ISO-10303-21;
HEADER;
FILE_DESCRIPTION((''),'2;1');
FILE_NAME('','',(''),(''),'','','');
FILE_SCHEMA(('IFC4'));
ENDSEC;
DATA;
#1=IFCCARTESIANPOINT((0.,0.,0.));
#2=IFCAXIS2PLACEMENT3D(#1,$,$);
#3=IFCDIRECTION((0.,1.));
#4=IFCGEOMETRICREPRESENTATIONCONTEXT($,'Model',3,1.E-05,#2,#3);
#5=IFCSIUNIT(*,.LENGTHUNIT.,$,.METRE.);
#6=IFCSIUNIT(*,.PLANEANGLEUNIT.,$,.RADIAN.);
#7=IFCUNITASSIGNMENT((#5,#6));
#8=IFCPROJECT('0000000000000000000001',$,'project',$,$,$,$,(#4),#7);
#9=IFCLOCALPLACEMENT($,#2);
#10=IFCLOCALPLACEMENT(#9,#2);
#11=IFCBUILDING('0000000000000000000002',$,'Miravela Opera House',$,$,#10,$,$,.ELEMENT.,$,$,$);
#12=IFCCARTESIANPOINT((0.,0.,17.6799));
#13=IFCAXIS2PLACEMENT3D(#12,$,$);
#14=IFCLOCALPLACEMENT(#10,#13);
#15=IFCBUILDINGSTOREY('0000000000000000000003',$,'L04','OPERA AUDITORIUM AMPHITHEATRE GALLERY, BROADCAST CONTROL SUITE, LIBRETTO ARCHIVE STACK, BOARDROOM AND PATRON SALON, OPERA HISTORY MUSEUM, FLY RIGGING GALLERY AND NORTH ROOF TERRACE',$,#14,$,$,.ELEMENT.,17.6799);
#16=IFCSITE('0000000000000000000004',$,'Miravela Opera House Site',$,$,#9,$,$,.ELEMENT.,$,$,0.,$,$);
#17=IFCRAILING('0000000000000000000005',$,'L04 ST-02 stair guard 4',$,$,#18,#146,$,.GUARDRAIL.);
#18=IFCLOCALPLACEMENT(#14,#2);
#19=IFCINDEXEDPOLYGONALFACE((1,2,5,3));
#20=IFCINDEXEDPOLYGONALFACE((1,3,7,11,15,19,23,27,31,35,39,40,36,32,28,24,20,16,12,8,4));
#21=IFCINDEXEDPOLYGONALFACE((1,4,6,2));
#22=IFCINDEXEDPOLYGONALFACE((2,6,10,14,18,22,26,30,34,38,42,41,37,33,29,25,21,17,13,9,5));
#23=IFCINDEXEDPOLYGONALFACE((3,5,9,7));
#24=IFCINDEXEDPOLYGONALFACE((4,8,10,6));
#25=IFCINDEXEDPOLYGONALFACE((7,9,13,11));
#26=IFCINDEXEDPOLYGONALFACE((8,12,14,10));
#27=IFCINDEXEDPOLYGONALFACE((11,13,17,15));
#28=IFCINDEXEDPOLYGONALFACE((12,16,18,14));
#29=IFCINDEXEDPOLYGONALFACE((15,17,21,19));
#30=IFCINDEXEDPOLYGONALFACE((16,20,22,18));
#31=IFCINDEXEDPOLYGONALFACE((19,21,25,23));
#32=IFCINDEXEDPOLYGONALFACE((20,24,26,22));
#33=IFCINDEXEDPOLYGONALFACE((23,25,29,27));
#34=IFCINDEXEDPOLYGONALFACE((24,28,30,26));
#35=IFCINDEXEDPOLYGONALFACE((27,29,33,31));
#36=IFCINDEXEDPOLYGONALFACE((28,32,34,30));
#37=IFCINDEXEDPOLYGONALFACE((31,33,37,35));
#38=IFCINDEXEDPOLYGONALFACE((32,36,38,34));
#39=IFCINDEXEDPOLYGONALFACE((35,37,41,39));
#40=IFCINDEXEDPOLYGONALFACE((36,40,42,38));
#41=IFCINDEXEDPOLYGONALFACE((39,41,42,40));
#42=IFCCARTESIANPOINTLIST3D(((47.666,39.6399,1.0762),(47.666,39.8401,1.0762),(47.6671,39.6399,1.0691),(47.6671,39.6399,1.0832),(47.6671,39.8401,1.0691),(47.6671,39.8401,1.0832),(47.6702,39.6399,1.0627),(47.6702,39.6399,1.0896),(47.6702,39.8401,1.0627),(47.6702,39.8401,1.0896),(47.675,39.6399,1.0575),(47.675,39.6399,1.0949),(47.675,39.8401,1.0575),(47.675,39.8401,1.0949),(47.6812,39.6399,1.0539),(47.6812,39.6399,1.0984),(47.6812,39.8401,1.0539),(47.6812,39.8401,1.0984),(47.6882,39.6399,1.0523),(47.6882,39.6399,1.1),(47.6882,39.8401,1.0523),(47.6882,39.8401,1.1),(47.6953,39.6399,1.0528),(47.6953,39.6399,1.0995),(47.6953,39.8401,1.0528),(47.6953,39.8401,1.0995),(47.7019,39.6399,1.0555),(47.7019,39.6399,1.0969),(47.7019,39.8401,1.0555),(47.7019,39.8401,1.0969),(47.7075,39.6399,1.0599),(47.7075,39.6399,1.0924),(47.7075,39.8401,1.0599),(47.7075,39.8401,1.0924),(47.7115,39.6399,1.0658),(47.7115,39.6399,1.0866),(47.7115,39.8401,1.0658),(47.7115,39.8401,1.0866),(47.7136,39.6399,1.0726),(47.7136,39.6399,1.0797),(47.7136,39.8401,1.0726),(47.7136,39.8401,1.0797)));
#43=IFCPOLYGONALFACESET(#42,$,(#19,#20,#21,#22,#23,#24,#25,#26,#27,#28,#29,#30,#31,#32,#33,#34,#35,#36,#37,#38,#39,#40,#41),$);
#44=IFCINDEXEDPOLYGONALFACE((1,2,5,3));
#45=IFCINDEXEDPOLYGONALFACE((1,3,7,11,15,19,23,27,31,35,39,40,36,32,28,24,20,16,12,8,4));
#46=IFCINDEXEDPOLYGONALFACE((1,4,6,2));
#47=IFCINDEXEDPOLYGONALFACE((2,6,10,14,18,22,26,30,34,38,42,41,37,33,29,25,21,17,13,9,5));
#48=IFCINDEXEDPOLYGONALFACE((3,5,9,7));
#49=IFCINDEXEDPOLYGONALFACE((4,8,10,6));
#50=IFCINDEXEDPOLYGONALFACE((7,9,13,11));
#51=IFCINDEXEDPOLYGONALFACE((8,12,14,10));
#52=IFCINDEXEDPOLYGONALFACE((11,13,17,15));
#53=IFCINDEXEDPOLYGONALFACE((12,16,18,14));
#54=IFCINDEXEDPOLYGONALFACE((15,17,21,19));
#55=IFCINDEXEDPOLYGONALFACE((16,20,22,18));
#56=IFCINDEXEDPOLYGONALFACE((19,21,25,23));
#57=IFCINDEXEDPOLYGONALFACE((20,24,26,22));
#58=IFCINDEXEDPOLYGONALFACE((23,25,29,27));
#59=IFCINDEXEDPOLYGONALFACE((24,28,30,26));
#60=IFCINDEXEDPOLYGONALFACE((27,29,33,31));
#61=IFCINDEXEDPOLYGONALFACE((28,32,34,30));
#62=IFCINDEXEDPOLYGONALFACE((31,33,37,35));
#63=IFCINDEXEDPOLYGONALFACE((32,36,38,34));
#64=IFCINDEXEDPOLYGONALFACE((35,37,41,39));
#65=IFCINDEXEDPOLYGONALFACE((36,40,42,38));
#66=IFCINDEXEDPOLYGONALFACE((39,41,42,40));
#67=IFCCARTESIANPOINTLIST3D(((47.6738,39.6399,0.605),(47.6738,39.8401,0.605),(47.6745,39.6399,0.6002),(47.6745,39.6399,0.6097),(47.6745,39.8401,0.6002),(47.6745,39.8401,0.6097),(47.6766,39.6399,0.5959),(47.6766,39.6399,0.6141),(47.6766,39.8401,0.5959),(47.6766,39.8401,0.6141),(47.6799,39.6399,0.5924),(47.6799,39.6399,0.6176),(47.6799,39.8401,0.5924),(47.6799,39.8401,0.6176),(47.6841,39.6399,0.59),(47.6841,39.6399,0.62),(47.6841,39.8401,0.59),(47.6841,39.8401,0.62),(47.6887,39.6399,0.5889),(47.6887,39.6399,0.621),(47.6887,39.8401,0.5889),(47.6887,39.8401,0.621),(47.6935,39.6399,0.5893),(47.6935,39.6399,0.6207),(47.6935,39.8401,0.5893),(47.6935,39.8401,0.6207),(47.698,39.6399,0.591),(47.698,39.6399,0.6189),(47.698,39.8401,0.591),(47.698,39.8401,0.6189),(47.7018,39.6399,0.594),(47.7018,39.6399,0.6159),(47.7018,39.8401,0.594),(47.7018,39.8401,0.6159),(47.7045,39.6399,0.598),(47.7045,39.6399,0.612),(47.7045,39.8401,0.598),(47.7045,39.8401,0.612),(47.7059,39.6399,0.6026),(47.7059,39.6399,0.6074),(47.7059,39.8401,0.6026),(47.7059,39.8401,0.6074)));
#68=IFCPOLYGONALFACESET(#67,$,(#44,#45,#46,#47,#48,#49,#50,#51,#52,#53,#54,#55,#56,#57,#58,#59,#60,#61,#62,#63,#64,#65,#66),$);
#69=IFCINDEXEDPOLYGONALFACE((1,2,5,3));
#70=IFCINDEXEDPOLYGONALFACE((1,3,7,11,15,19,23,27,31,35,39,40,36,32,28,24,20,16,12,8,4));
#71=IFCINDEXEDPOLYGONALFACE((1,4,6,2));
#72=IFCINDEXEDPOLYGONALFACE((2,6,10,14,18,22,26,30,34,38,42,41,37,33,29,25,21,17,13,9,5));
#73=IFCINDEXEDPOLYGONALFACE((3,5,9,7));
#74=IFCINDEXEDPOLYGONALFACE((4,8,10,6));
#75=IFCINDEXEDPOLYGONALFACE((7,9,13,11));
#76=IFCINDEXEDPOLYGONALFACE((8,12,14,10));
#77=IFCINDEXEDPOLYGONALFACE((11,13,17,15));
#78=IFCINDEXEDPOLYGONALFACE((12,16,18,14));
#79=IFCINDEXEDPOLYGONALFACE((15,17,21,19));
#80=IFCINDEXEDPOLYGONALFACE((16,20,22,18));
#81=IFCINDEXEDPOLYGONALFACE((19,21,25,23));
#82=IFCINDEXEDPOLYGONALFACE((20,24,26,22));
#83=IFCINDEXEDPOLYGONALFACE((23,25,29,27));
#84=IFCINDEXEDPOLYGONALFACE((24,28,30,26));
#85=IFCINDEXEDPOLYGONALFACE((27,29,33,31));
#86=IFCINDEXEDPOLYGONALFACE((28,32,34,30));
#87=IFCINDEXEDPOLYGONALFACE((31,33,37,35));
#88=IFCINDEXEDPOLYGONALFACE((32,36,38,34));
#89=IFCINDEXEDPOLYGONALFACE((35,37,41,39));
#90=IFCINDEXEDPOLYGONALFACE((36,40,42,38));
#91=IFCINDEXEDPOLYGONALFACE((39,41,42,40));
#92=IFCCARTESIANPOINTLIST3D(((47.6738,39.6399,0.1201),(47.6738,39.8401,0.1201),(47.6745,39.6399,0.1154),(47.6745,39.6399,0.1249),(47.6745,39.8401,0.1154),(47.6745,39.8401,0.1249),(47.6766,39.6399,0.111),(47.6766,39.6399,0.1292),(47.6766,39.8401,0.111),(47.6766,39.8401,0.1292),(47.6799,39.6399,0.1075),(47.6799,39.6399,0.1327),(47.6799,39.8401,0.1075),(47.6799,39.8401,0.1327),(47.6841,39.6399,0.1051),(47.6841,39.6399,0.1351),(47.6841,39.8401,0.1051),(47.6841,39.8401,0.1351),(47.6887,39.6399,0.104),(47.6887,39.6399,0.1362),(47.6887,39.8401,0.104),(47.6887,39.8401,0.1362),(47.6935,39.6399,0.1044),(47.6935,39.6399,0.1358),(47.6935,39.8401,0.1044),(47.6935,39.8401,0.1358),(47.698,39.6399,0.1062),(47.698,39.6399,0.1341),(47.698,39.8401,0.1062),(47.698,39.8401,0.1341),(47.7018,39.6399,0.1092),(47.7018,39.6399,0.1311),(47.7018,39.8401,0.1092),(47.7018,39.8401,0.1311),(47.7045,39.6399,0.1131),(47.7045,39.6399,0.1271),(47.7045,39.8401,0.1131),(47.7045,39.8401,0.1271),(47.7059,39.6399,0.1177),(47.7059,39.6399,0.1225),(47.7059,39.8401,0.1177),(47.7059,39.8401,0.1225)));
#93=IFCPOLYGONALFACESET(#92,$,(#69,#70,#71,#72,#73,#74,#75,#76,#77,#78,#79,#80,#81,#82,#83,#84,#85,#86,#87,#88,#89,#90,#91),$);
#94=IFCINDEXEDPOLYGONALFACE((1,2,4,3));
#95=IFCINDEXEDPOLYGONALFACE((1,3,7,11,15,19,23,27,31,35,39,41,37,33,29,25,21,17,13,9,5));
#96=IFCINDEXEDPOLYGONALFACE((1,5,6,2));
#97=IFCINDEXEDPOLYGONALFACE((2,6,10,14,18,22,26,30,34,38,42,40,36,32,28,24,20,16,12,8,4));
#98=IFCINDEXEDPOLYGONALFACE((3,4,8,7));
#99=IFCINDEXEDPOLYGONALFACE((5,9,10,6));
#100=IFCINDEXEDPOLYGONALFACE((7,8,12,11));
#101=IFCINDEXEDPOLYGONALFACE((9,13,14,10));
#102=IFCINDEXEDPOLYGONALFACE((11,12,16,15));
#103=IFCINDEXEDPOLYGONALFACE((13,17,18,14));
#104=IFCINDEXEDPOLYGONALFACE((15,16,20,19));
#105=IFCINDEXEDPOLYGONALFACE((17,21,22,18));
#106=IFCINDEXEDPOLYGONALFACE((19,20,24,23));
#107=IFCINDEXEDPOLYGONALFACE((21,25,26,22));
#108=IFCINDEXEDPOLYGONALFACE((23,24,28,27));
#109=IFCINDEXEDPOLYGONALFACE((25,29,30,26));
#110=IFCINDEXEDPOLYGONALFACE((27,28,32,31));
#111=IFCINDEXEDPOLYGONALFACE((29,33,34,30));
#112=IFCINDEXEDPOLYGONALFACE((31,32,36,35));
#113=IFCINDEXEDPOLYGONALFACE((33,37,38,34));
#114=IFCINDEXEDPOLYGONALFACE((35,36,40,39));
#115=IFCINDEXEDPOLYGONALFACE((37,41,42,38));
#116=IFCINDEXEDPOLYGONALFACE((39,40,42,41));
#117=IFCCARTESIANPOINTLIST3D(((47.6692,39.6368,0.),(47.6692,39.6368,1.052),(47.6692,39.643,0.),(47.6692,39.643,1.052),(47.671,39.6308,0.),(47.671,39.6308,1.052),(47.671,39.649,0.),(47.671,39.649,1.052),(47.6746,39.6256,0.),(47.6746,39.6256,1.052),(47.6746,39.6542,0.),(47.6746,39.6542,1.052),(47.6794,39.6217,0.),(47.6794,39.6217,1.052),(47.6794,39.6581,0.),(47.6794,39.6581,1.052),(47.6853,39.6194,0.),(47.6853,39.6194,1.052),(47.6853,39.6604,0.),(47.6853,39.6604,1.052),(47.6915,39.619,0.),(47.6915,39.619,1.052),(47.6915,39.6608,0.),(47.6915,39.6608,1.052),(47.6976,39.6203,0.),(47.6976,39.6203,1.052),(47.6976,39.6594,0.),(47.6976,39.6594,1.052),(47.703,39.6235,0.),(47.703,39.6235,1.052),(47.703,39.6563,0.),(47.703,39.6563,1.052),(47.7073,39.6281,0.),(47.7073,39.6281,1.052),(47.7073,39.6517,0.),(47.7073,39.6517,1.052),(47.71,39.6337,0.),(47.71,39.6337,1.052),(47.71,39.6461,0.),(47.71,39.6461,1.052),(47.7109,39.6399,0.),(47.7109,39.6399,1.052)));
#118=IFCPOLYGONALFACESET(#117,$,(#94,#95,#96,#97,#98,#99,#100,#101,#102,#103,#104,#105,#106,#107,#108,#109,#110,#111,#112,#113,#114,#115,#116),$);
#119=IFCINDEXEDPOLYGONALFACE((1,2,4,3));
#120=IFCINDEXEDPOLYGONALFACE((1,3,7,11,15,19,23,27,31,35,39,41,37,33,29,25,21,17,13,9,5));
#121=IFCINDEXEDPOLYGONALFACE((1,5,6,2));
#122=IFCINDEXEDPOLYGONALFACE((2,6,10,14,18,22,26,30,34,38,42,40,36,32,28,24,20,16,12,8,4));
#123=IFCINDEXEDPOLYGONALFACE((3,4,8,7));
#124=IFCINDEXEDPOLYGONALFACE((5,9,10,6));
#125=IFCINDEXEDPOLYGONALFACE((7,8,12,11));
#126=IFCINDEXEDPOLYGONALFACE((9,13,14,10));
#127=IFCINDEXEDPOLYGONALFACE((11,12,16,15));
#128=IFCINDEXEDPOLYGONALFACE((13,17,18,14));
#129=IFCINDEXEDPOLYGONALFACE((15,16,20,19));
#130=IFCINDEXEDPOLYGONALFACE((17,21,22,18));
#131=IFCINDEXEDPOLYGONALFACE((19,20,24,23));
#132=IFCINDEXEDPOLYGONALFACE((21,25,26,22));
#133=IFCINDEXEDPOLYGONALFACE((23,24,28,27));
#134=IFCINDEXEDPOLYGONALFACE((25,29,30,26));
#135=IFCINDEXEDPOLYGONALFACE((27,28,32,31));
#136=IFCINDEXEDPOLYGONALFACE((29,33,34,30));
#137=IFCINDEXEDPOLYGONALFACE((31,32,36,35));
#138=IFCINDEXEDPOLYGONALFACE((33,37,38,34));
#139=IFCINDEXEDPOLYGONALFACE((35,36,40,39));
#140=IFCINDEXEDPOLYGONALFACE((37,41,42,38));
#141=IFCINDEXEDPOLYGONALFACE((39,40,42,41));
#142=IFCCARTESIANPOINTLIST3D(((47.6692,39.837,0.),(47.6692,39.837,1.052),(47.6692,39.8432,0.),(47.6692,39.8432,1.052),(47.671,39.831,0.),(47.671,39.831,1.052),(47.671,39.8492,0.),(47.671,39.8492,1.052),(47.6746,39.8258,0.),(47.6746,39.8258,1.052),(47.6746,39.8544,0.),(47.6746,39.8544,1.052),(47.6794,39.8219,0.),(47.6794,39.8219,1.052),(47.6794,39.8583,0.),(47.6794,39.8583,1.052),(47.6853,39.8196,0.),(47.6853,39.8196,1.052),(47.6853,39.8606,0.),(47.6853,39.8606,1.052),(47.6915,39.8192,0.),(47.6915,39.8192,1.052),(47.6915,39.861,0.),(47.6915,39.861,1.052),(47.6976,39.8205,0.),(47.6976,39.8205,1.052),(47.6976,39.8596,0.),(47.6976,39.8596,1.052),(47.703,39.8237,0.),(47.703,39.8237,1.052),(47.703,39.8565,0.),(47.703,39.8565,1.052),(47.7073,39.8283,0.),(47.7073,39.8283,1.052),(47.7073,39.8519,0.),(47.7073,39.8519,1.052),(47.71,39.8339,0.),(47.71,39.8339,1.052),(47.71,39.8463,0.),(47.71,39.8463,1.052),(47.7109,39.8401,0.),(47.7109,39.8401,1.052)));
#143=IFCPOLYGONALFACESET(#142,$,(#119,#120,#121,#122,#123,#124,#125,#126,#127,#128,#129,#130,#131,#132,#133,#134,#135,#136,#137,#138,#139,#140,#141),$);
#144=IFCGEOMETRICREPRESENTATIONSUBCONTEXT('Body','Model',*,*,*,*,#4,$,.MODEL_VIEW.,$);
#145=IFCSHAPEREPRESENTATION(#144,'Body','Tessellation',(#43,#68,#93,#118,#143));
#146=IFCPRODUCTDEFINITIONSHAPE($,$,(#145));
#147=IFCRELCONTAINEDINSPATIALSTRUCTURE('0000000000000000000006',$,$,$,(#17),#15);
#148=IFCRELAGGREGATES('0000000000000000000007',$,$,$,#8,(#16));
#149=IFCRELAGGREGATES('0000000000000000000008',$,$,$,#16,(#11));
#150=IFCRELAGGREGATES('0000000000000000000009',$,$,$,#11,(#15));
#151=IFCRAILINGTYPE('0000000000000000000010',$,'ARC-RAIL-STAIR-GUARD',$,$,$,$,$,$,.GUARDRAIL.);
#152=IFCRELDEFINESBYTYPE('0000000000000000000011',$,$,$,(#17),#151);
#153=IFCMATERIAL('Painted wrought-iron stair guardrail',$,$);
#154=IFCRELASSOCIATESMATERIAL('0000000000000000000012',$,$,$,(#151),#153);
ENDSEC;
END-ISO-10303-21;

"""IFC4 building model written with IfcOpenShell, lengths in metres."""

from ifc_helpers import new_model, si_unit, direction, frame, origin, origin_2d, place, context, subcontext, project, spatial, circle, extrude, material, type_object, element, save


model = new_model("IFC4")

# Units and contexts
model_context = context("Model", 3, precision=1e-05, world=origin(), true_north=direction((0.0, 1.0)))
body_context = subcontext(model_context, "Body", "Model", "MODEL_VIEW")
ifc_project = project(units=[si_unit("LENGTHUNIT", "METRE"), si_unit("PLANEANGLEUNIT", "RADIAN")], contexts=[model_context])

# Site, building, storey
site_placement = place(None, origin())
site = spatial("IfcSite", under=ifc_project, at=site_placement, Name="Miravela Opera House Site", CompositionType="ELEMENT", RefElevation=0.0)
building_placement = place(site_placement, origin())
building = spatial("IfcBuilding", under=site, at=building_placement, Name="Miravela Opera House", CompositionType="ELEMENT")
storey_placement = place(building_placement, frame((0.0, 0.0, 17.6799)))
storey = spatial("IfcBuildingStorey", under=building, at=storey_placement, Name="L04", Description="OPERA AUDITORIUM AMPHITHEATRE GALLERY, BROADCAST CONTROL SUITE, LIBRETTO ARCHIVE STACK, BOARDROOM AND PATRON SALON, OPERA HISTORY MUSEUM, FLY RIGGING GALLERY AND NORTH ROOF TERRACE", CompositionType="ELEMENT", Elevation=17.6799)

# Railing
ifc_material_1 = material(Name="Painted wrought-iron stair guardrail")
railing_type_1 = type_object("IfcRailingType", Name="ARC-RAIL-STAIR-GUARD", PredefinedType="GUARDRAIL", material=ifc_material_1)
railing_1_placement = place(storey_placement, frame((47.6899, 39.6399, 0.0)))
element("IfcRailing", 1, at=railing_1_placement, inside=storey, type_object=railing_type_1, Name="L04 ST-02 stair guard 4", PredefinedType="GUARDRAIL", context=body_context, shape_type="SweptSolid", body=[
    extrude(circle(Radius=0.0239, at=origin_2d()), frame((0.0, 0.0, 1.0762), z_axis=(0.0, 1.0, 0.0), x_axis=(-1.0, 0.0, 0.0)), (0.0, 0.0, 1.0), 0.2002),
    extrude(circle(Radius=0.0161, at=origin_2d()), frame((0.0, 0.0, 0.605), z_axis=(0.0, 1.0, 0.0), x_axis=(-1.0, 0.0, 0.0)), (0.0, 0.0, 1.0), 0.2002),
    extrude(circle(Radius=0.0161, at=origin_2d()), frame((0.0, 0.0, 0.1201), z_axis=(0.0, 1.0, 0.0), x_axis=(-1.0, 0.0, 0.0)), (0.0, 0.0, 1.0), 0.2002),
    extrude(circle(Radius=0.021, at=origin_2d()), origin(), (0.0, 0.0, 1.0), 1.052),
    extrude(circle(Radius=0.021, at=origin_2d()), frame((0.0, 0.2002, 0.0)), (0.0, 0.0, 1.0), 1.052),
])

save(model, "model.ifc")
